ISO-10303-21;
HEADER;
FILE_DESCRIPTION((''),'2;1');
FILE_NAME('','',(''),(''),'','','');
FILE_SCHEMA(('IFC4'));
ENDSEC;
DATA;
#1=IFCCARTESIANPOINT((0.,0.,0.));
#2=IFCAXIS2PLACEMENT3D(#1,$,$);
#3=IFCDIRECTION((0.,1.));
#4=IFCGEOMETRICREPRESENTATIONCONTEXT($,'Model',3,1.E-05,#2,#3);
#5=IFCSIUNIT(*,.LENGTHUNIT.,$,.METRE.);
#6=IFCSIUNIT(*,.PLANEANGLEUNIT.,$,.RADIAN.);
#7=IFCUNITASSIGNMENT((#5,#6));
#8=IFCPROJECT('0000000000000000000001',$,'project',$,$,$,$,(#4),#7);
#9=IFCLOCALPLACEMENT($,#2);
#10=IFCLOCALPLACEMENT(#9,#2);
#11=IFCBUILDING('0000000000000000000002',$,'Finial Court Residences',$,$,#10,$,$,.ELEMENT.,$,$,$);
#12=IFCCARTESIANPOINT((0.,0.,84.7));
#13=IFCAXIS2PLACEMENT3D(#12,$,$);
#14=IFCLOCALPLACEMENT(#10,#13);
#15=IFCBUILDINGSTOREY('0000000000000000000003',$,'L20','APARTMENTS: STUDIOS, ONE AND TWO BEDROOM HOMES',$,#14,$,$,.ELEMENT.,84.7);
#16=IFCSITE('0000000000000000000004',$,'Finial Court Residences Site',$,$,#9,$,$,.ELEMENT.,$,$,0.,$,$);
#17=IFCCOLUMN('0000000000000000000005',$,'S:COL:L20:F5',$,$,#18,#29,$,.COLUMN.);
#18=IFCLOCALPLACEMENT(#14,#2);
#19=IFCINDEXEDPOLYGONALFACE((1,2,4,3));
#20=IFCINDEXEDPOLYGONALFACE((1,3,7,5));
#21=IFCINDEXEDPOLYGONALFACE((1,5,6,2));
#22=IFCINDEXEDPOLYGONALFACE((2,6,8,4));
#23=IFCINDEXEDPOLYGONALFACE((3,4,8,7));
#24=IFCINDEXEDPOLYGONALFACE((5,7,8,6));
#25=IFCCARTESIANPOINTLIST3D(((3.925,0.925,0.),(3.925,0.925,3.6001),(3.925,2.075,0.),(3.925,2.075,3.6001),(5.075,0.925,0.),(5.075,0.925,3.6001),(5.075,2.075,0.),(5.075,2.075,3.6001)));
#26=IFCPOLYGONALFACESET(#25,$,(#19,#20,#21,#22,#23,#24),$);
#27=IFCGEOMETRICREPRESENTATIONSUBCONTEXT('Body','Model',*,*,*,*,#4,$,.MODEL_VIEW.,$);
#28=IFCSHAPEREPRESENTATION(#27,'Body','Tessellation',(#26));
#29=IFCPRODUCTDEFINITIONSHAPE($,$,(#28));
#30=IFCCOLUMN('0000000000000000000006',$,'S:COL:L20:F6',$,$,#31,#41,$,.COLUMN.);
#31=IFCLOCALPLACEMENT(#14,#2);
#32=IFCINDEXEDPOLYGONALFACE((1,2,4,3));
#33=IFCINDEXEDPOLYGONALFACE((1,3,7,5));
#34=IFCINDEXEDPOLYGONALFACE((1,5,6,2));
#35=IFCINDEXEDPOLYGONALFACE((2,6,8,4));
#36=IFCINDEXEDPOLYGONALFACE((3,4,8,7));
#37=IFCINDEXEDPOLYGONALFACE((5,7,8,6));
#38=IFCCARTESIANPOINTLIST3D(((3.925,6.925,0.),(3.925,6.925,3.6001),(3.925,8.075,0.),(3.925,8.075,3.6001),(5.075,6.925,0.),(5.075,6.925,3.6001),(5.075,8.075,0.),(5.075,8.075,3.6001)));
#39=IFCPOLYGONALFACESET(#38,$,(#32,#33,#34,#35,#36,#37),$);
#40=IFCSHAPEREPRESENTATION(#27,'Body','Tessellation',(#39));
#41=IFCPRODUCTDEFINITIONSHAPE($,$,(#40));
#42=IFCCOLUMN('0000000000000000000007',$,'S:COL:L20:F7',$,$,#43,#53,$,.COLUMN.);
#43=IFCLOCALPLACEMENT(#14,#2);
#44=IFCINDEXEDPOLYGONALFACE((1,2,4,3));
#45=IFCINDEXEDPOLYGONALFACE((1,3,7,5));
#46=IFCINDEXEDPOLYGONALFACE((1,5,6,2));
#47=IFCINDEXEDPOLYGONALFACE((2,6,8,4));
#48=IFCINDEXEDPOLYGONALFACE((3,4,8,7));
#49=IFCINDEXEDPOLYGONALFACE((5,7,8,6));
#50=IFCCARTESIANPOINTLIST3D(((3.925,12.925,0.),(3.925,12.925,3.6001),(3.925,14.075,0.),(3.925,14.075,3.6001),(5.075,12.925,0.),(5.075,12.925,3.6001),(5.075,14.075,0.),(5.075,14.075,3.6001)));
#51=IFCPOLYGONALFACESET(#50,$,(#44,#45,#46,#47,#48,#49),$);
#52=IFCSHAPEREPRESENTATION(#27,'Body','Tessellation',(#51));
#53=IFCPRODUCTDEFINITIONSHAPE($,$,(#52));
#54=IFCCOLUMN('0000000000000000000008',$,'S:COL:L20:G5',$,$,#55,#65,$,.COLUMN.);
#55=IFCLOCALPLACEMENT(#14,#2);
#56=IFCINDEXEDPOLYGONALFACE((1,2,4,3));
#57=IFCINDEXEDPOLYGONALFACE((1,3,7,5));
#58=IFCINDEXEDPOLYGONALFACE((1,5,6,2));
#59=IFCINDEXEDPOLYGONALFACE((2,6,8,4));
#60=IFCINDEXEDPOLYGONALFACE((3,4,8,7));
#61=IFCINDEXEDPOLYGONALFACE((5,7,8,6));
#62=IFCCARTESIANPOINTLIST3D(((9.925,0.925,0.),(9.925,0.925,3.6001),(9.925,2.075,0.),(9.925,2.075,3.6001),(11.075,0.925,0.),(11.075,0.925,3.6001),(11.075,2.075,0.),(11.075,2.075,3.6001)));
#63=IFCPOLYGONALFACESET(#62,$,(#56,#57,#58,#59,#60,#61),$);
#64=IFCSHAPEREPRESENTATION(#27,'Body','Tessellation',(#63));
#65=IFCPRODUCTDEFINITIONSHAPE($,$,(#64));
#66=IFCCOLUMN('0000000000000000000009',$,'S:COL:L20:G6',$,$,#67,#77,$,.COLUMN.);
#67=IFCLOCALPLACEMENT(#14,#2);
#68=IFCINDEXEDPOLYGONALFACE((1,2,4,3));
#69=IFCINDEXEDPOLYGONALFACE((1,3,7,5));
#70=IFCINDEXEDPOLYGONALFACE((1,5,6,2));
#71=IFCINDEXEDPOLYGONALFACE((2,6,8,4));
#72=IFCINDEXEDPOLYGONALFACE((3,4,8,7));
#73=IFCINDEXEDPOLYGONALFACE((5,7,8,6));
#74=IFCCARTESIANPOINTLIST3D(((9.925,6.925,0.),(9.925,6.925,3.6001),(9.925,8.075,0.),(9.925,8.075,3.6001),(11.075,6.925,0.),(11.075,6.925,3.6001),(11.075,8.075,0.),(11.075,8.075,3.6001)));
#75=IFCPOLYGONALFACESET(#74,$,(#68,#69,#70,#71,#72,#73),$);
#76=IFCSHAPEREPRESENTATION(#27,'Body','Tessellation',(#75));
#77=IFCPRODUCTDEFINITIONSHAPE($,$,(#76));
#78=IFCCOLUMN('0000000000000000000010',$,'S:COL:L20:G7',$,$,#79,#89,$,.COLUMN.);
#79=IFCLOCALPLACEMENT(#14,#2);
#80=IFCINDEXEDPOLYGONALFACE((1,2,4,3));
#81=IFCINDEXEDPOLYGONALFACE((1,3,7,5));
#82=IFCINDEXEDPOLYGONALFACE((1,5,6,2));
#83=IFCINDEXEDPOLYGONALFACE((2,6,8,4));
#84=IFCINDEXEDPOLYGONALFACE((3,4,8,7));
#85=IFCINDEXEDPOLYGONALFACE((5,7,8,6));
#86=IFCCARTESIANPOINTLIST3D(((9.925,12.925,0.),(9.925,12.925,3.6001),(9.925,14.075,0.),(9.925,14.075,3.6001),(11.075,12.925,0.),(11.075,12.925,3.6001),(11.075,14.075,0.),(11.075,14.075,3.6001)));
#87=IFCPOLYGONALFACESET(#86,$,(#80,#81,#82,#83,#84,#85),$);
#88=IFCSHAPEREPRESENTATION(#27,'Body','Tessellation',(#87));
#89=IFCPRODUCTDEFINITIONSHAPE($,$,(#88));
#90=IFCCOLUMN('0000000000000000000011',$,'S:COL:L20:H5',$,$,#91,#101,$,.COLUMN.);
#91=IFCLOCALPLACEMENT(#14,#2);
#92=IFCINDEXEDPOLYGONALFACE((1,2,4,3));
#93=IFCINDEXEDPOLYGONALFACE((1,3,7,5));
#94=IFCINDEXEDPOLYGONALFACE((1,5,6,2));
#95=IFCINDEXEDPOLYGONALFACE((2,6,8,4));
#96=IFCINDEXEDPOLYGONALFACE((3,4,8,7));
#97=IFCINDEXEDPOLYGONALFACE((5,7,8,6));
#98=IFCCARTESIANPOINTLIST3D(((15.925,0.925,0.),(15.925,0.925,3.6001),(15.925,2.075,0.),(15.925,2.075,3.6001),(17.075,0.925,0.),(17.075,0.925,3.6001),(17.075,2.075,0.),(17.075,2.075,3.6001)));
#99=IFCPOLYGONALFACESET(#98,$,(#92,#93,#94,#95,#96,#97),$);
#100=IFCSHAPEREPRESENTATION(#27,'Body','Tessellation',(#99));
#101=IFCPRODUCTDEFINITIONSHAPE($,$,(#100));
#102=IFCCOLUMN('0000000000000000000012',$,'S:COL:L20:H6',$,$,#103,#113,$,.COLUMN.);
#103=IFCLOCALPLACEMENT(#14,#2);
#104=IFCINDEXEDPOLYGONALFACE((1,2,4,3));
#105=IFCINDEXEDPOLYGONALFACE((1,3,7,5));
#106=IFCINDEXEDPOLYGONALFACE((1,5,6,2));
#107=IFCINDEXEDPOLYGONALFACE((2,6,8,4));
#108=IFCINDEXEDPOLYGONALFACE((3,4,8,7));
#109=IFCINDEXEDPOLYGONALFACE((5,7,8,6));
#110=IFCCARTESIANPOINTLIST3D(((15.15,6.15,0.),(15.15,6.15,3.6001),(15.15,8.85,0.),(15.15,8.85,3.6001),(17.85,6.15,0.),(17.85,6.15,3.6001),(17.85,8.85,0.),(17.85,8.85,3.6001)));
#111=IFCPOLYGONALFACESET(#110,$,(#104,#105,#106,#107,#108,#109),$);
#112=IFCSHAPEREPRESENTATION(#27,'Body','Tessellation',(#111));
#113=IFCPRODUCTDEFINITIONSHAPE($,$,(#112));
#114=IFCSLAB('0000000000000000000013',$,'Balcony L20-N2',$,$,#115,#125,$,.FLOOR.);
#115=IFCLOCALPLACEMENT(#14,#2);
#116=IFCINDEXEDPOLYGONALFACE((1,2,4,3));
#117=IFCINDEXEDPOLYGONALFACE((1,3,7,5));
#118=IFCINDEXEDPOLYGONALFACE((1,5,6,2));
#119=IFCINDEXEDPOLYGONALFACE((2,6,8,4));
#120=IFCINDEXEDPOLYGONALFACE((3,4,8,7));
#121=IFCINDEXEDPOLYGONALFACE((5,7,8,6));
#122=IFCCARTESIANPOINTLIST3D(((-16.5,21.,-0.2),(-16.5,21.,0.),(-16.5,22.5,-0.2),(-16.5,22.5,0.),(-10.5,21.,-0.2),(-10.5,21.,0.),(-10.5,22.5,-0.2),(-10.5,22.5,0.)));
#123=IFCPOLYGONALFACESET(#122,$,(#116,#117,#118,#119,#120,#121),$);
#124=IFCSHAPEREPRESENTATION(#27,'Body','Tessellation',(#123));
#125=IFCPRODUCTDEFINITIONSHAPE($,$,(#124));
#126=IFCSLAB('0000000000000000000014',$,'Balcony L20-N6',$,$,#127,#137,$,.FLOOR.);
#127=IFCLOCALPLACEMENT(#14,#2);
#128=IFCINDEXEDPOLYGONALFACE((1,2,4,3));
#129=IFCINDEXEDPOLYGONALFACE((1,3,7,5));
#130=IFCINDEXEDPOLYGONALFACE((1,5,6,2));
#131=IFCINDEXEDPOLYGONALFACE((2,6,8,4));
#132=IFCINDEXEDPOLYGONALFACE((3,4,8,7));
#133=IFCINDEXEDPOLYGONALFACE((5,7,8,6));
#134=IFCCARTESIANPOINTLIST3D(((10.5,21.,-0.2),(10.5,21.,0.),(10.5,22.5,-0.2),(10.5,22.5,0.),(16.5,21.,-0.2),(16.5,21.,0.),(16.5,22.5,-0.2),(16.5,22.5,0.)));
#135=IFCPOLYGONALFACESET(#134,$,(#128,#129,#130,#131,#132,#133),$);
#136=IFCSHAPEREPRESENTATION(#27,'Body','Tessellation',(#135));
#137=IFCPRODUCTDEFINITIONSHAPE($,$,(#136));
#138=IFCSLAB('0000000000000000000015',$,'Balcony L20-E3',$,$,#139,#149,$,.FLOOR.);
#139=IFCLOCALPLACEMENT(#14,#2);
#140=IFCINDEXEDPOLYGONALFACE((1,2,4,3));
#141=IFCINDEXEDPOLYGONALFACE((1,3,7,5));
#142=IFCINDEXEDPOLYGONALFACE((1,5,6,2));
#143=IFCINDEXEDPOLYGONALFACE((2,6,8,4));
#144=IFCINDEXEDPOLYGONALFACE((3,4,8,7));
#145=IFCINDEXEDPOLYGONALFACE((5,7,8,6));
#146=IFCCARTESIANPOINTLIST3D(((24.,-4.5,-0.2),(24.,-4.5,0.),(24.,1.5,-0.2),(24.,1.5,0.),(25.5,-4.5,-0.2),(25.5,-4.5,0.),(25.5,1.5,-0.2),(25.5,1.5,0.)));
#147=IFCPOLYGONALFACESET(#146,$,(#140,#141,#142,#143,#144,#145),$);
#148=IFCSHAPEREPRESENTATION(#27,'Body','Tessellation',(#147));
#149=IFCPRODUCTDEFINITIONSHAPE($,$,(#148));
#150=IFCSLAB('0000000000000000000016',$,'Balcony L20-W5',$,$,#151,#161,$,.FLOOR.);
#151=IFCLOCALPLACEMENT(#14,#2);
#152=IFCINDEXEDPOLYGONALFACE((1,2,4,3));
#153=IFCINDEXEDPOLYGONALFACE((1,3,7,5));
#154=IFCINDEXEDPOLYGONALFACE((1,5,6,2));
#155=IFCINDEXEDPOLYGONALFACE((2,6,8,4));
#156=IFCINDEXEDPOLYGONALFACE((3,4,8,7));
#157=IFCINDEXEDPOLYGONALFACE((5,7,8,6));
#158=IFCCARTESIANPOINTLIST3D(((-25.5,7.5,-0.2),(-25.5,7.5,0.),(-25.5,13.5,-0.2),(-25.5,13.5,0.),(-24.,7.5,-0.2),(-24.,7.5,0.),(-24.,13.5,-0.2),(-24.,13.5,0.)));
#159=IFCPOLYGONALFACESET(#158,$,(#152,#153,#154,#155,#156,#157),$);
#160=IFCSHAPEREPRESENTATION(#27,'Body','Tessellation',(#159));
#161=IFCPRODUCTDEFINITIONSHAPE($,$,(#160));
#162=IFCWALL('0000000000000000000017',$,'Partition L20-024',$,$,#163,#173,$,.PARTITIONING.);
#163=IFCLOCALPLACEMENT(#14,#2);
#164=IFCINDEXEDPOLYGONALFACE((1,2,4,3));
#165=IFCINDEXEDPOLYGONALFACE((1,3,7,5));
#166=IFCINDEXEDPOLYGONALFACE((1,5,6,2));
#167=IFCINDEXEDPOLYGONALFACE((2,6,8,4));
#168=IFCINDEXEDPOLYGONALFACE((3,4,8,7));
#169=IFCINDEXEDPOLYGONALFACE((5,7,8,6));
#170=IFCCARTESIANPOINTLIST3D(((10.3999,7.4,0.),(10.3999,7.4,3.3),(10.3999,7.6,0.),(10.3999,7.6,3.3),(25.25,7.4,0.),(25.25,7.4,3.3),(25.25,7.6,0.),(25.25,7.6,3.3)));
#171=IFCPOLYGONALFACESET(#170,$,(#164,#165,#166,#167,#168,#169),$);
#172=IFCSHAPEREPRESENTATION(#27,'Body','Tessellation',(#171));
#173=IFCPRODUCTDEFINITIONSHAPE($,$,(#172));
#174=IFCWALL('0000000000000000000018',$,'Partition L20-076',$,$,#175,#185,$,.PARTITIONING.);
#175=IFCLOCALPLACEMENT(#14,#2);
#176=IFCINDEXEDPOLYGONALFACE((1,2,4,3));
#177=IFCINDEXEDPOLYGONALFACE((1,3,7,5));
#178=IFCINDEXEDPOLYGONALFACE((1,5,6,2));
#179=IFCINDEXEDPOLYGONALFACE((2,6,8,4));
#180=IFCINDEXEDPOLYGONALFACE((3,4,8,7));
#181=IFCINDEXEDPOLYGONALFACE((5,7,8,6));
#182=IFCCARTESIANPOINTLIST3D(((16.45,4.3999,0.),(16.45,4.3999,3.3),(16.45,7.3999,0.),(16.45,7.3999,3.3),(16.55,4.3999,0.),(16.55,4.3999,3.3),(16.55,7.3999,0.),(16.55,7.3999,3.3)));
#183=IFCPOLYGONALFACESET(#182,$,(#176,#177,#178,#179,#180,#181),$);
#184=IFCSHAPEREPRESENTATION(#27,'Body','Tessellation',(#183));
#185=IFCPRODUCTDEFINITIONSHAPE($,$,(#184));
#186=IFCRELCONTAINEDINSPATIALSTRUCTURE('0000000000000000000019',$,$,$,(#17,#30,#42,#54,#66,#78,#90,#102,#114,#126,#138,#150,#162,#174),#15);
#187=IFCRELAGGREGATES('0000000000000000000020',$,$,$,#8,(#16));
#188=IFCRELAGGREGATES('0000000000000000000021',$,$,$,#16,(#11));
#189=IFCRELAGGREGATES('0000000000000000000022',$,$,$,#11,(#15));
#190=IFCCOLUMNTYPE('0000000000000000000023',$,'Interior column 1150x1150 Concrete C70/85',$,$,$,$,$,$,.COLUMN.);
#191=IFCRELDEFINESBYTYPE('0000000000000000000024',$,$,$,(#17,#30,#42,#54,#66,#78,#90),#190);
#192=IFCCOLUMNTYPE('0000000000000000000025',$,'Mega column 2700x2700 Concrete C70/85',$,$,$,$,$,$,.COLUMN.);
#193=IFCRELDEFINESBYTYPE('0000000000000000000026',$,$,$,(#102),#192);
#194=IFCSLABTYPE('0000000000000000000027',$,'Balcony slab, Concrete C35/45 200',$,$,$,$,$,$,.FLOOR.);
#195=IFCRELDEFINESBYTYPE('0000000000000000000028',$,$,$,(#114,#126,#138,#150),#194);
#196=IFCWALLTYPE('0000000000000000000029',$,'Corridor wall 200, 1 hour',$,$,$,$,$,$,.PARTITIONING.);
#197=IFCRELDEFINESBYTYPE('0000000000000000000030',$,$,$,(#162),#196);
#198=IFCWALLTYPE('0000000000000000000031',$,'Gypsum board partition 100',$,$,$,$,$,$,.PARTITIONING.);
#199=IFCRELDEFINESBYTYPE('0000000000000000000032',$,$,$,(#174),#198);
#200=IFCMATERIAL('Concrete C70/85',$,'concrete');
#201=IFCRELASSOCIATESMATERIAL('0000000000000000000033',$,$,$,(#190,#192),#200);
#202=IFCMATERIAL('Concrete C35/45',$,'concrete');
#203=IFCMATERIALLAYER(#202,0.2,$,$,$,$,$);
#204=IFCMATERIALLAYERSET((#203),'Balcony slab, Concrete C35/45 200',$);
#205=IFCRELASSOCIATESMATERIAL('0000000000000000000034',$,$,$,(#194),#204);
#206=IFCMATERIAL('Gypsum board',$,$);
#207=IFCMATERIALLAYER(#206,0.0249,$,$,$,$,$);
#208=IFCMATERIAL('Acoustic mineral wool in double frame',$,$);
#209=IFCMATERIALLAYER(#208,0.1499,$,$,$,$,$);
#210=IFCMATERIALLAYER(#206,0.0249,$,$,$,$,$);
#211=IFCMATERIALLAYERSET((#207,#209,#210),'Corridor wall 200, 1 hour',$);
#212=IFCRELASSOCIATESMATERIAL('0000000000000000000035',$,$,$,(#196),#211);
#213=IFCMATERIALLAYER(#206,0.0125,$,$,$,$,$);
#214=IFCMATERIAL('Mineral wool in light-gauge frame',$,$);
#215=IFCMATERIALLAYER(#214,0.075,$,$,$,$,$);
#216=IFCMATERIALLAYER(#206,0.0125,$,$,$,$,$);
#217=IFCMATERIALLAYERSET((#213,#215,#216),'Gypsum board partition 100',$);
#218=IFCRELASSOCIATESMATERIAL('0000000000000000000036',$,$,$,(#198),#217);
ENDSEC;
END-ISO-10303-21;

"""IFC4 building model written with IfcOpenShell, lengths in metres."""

from ifc_helpers import new_model, si_unit, direction, frame, frame_2d, origin, origin_2d, place, context, subcontext, project, spatial, polyline, rectangle, outline, extrude, material, layer, layer_set, material_profile, profile_set, type_object, element, save


model = new_model("IFC4")

# Units and contexts
model_context = context("Model", 3, precision=1e-05, world=origin(), true_north=direction((0.0, 1.0)))
body_context = subcontext(model_context, "Body", "Model", "MODEL_VIEW")
ifc_project = project(units=[si_unit("LENGTHUNIT", "METRE"), si_unit("PLANEANGLEUNIT", "RADIAN")], contexts=[model_context])

# Site, building, storey
site_placement = place(None, origin())
site = spatial("IfcSite", under=ifc_project, at=site_placement, Name="Finial Court Residences Site", CompositionType="ELEMENT", RefElevation=0.0)
building_placement = place(site_placement, origin())
building = spatial("IfcBuilding", under=site, at=building_placement, Name="Finial Court Residences", CompositionType="ELEMENT")
storey_placement = place(building_placement, frame((0.0, 0.0, 84.7)))
storey = spatial("IfcBuildingStorey", under=building, at=storey_placement, Name="L20", Description="APARTMENTS: STUDIOS, ONE AND TWO BEDROOM HOMES", CompositionType="ELEMENT", Elevation=84.7)

# Columns
ifc_material_1 = material(Name="Concrete C70/85", Category="concrete")
ifc_material_profile_1 = material_profile(ifc_material_1, rectangle(XDim=1.1499, YDim=1.1499, at=origin_2d()), Name="1150x1150")
ifc_profile_set_1 = profile_set([ifc_material_profile_1], Name="Concrete C70/85")
column_type_1 = type_object("IfcColumnType", Name="Interior column 1150x1150 Concrete C70/85", PredefinedType="COLUMN", material=ifc_profile_set_1)
for number, where, z_axis, x_axis, name in (
    (1, (4.5, 1.5, 0.0), (0.0, 0.0, 1.0), (1.0, 0.0, 0.0), "S:COL:L20:F5"),
    (2, (4.5, 7.5, 0.0), (0.0, 0.0, 1.0), (1.0, 0.0, 0.0), "S:COL:L20:F6"),
    (3, (4.5, 13.5, 0.0), (0.0, 0.0, 1.0), (1.0, 0.0, 0.0), "S:COL:L20:F7"),
    (4, (10.5, 1.5, 0.0), (0.0, 0.0, 1.0), (1.0, 0.0, 0.0), "S:COL:L20:G5"),
    (5, (10.5, 7.5, 0.0), (0.0, 0.0, 1.0), (1.0, 0.0, 0.0), "S:COL:L20:G6"),
    (6, (10.5, 13.5, 0.0), (0.0, 0.0, 1.0), (1.0, 0.0, 0.0), "S:COL:L20:G7"),
    (7, (16.5, 1.5, 0.0), (0.0, 0.0, 1.0), (1.0, 0.0, 0.0), "S:COL:L20:H5"),
):
    element("IfcColumn", number, at=place(storey_placement, frame(where, z_axis=z_axis, x_axis=x_axis)), inside=storey, type_object=column_type_1, Name=name, PredefinedType="COLUMN", context=body_context, shape_type="SweptSolid", body=[
        extrude(rectangle(XDim=1.1499, YDim=1.1499, at=origin_2d()), origin(), (0.0, 0.0, 1.0), 3.6001),
    ])
ifc_material_profile_2 = material_profile(ifc_material_1, rectangle(XDim=2.7, YDim=2.7, at=origin_2d()), Name="2700x2700")
ifc_profile_set_2 = profile_set([ifc_material_profile_2], Name="Concrete C70/85")
column_type_2 = type_object("IfcColumnType", Name="Mega column 2700x2700 Concrete C70/85", PredefinedType="COLUMN", material=ifc_profile_set_2)
column_placement = place(storey_placement, frame((16.5, 7.5, 0.0), z_axis=(0.0, 0.0, 1.0), x_axis=(1.0, 0.0, 0.0)))
element("IfcColumn", 8, at=column_placement, inside=storey, type_object=column_type_2, Name="S:COL:L20:H6", PredefinedType="COLUMN", context=body_context, shape_type="SweptSolid", body=[
    extrude(rectangle(XDim=2.7, YDim=2.7, at=origin_2d()), origin(), (0.0, 0.0, 1.0), 3.6001),
])

# Slabs
ifc_material_2 = material(Name="Concrete C35/45", Category="concrete")
ifc_layer_1 = layer(ifc_material_2, 0.2)
ifc_layer_set_1 = layer_set([ifc_layer_1], Name="Balcony slab, Concrete C35/45 200")
slab_type = type_object("IfcSlabType", Name="Balcony slab, Concrete C35/45 200", PredefinedType="FLOOR", material=ifc_layer_set_1)
slab_1_placement = place(storey_placement, frame((0.0, 0.0, -0.2)))
element("IfcSlab", 9, at=slab_1_placement, inside=storey, type_object=slab_type, Name="Balcony L20-N2", PredefinedType="FLOOR", context=body_context, shape_type="SweptSolid", body=[
    extrude(outline(polyline([(-10.5, 21.0), (-10.5, 22.5), (-16.5, 22.5), (-16.5, 21.0), (-10.5, 21.0)])), origin(), (0.0, 0.0, 1.0), 0.2),
])
slab_2_placement = place(storey_placement, frame((0.0, 0.0, -0.2)))
element("IfcSlab", 10, at=slab_2_placement, inside=storey, type_object=slab_type, Name="Balcony L20-N6", PredefinedType="FLOOR", context=body_context, shape_type="SweptSolid", body=[
    extrude(outline(polyline([(16.5, 21.0), (16.5, 22.5), (10.5, 22.5), (10.5, 21.0), (16.5, 21.0)])), origin(), (0.0, 0.0, 1.0), 0.2),
])
slab_3_placement = place(storey_placement, frame((0.0, 0.0, -0.2)))
element("IfcSlab", 11, at=slab_3_placement, inside=storey, type_object=slab_type, Name="Balcony L20-E3", PredefinedType="FLOOR", context=body_context, shape_type="SweptSolid", body=[
    extrude(outline(polyline([(25.5, -4.5), (25.5, 1.5), (24.0, 1.5), (24.0, -4.5), (25.5, -4.5)])), origin(), (0.0, 0.0, 1.0), 0.2),
])
slab_4_placement = place(storey_placement, frame((0.0, 0.0, -0.2)))
element("IfcSlab", 12, at=slab_4_placement, inside=storey, type_object=slab_type, Name="Balcony L20-W5", PredefinedType="FLOOR", context=body_context, shape_type="SweptSolid", body=[
    extrude(outline(polyline([(-24.0, 7.5), (-24.0, 13.5), (-25.5, 13.5), (-25.5, 7.5), (-24.0, 7.5)])), origin(), (0.0, 0.0, 1.0), 0.2),
])

# Walls
ifc_material_3 = material(Name="Gypsum board")
ifc_layer_2 = layer(ifc_material_3, 0.0249)
ifc_material_4 = material(Name="Acoustic mineral wool in double frame")
ifc_layer_3 = layer(ifc_material_4, 0.1499)
ifc_layer_4 = layer(ifc_material_3, 0.0249)
ifc_layer_set_2 = layer_set([ifc_layer_2, ifc_layer_3, ifc_layer_4], Name="Corridor wall 200, 1 hour")
wall_type_1 = type_object("IfcWallType", Name="Corridor wall 200, 1 hour", PredefinedType="PARTITIONING", material=ifc_layer_set_2)
wall_1_placement = place(storey_placement, frame((10.3999, 7.5, 0.0), z_axis=(0.0, 0.0, 1.0), x_axis=(1.0, 0.0, 0.0)))
element("IfcWall", 13, at=wall_1_placement, inside=storey, type_object=wall_type_1, Name="Partition L20-024", PredefinedType="PARTITIONING", context=body_context, shape_type="SweptSolid", body=[
    extrude(rectangle(XDim=14.8501, YDim=0.2, at=frame_2d((7.425, 0.0))), origin(), (0.0, 0.0, 1.0), 3.3),
])
ifc_layer_5 = layer(ifc_material_3, 0.0125)
ifc_material_5 = material(Name="Mineral wool in light-gauge frame")
ifc_layer_6 = layer(ifc_material_5, 0.075)
ifc_layer_7 = layer(ifc_material_3, 0.0125)
ifc_layer_set_3 = layer_set([ifc_layer_5, ifc_layer_6, ifc_layer_7], Name="Gypsum board partition 100")
wall_type_2 = type_object("IfcWallType", Name="Gypsum board partition 100", PredefinedType="PARTITIONING", material=ifc_layer_set_3)
wall_2_placement = place(storey_placement, frame((16.5, 4.3999, 0.0), z_axis=(0.0, 0.0, 1.0), x_axis=(0.0, 1.0, 0.0)))
element("IfcWall", 14, at=wall_2_placement, inside=storey, type_object=wall_type_2, Name="Partition L20-076", PredefinedType="PARTITIONING", context=body_context, shape_type="SweptSolid", body=[
    extrude(rectangle(XDim=3.0, YDim=0.1001, at=frame_2d((1.5, 0.0))), origin(), (0.0, 0.0, 1.0), 3.3),
])

save(model, "model.ifc")
